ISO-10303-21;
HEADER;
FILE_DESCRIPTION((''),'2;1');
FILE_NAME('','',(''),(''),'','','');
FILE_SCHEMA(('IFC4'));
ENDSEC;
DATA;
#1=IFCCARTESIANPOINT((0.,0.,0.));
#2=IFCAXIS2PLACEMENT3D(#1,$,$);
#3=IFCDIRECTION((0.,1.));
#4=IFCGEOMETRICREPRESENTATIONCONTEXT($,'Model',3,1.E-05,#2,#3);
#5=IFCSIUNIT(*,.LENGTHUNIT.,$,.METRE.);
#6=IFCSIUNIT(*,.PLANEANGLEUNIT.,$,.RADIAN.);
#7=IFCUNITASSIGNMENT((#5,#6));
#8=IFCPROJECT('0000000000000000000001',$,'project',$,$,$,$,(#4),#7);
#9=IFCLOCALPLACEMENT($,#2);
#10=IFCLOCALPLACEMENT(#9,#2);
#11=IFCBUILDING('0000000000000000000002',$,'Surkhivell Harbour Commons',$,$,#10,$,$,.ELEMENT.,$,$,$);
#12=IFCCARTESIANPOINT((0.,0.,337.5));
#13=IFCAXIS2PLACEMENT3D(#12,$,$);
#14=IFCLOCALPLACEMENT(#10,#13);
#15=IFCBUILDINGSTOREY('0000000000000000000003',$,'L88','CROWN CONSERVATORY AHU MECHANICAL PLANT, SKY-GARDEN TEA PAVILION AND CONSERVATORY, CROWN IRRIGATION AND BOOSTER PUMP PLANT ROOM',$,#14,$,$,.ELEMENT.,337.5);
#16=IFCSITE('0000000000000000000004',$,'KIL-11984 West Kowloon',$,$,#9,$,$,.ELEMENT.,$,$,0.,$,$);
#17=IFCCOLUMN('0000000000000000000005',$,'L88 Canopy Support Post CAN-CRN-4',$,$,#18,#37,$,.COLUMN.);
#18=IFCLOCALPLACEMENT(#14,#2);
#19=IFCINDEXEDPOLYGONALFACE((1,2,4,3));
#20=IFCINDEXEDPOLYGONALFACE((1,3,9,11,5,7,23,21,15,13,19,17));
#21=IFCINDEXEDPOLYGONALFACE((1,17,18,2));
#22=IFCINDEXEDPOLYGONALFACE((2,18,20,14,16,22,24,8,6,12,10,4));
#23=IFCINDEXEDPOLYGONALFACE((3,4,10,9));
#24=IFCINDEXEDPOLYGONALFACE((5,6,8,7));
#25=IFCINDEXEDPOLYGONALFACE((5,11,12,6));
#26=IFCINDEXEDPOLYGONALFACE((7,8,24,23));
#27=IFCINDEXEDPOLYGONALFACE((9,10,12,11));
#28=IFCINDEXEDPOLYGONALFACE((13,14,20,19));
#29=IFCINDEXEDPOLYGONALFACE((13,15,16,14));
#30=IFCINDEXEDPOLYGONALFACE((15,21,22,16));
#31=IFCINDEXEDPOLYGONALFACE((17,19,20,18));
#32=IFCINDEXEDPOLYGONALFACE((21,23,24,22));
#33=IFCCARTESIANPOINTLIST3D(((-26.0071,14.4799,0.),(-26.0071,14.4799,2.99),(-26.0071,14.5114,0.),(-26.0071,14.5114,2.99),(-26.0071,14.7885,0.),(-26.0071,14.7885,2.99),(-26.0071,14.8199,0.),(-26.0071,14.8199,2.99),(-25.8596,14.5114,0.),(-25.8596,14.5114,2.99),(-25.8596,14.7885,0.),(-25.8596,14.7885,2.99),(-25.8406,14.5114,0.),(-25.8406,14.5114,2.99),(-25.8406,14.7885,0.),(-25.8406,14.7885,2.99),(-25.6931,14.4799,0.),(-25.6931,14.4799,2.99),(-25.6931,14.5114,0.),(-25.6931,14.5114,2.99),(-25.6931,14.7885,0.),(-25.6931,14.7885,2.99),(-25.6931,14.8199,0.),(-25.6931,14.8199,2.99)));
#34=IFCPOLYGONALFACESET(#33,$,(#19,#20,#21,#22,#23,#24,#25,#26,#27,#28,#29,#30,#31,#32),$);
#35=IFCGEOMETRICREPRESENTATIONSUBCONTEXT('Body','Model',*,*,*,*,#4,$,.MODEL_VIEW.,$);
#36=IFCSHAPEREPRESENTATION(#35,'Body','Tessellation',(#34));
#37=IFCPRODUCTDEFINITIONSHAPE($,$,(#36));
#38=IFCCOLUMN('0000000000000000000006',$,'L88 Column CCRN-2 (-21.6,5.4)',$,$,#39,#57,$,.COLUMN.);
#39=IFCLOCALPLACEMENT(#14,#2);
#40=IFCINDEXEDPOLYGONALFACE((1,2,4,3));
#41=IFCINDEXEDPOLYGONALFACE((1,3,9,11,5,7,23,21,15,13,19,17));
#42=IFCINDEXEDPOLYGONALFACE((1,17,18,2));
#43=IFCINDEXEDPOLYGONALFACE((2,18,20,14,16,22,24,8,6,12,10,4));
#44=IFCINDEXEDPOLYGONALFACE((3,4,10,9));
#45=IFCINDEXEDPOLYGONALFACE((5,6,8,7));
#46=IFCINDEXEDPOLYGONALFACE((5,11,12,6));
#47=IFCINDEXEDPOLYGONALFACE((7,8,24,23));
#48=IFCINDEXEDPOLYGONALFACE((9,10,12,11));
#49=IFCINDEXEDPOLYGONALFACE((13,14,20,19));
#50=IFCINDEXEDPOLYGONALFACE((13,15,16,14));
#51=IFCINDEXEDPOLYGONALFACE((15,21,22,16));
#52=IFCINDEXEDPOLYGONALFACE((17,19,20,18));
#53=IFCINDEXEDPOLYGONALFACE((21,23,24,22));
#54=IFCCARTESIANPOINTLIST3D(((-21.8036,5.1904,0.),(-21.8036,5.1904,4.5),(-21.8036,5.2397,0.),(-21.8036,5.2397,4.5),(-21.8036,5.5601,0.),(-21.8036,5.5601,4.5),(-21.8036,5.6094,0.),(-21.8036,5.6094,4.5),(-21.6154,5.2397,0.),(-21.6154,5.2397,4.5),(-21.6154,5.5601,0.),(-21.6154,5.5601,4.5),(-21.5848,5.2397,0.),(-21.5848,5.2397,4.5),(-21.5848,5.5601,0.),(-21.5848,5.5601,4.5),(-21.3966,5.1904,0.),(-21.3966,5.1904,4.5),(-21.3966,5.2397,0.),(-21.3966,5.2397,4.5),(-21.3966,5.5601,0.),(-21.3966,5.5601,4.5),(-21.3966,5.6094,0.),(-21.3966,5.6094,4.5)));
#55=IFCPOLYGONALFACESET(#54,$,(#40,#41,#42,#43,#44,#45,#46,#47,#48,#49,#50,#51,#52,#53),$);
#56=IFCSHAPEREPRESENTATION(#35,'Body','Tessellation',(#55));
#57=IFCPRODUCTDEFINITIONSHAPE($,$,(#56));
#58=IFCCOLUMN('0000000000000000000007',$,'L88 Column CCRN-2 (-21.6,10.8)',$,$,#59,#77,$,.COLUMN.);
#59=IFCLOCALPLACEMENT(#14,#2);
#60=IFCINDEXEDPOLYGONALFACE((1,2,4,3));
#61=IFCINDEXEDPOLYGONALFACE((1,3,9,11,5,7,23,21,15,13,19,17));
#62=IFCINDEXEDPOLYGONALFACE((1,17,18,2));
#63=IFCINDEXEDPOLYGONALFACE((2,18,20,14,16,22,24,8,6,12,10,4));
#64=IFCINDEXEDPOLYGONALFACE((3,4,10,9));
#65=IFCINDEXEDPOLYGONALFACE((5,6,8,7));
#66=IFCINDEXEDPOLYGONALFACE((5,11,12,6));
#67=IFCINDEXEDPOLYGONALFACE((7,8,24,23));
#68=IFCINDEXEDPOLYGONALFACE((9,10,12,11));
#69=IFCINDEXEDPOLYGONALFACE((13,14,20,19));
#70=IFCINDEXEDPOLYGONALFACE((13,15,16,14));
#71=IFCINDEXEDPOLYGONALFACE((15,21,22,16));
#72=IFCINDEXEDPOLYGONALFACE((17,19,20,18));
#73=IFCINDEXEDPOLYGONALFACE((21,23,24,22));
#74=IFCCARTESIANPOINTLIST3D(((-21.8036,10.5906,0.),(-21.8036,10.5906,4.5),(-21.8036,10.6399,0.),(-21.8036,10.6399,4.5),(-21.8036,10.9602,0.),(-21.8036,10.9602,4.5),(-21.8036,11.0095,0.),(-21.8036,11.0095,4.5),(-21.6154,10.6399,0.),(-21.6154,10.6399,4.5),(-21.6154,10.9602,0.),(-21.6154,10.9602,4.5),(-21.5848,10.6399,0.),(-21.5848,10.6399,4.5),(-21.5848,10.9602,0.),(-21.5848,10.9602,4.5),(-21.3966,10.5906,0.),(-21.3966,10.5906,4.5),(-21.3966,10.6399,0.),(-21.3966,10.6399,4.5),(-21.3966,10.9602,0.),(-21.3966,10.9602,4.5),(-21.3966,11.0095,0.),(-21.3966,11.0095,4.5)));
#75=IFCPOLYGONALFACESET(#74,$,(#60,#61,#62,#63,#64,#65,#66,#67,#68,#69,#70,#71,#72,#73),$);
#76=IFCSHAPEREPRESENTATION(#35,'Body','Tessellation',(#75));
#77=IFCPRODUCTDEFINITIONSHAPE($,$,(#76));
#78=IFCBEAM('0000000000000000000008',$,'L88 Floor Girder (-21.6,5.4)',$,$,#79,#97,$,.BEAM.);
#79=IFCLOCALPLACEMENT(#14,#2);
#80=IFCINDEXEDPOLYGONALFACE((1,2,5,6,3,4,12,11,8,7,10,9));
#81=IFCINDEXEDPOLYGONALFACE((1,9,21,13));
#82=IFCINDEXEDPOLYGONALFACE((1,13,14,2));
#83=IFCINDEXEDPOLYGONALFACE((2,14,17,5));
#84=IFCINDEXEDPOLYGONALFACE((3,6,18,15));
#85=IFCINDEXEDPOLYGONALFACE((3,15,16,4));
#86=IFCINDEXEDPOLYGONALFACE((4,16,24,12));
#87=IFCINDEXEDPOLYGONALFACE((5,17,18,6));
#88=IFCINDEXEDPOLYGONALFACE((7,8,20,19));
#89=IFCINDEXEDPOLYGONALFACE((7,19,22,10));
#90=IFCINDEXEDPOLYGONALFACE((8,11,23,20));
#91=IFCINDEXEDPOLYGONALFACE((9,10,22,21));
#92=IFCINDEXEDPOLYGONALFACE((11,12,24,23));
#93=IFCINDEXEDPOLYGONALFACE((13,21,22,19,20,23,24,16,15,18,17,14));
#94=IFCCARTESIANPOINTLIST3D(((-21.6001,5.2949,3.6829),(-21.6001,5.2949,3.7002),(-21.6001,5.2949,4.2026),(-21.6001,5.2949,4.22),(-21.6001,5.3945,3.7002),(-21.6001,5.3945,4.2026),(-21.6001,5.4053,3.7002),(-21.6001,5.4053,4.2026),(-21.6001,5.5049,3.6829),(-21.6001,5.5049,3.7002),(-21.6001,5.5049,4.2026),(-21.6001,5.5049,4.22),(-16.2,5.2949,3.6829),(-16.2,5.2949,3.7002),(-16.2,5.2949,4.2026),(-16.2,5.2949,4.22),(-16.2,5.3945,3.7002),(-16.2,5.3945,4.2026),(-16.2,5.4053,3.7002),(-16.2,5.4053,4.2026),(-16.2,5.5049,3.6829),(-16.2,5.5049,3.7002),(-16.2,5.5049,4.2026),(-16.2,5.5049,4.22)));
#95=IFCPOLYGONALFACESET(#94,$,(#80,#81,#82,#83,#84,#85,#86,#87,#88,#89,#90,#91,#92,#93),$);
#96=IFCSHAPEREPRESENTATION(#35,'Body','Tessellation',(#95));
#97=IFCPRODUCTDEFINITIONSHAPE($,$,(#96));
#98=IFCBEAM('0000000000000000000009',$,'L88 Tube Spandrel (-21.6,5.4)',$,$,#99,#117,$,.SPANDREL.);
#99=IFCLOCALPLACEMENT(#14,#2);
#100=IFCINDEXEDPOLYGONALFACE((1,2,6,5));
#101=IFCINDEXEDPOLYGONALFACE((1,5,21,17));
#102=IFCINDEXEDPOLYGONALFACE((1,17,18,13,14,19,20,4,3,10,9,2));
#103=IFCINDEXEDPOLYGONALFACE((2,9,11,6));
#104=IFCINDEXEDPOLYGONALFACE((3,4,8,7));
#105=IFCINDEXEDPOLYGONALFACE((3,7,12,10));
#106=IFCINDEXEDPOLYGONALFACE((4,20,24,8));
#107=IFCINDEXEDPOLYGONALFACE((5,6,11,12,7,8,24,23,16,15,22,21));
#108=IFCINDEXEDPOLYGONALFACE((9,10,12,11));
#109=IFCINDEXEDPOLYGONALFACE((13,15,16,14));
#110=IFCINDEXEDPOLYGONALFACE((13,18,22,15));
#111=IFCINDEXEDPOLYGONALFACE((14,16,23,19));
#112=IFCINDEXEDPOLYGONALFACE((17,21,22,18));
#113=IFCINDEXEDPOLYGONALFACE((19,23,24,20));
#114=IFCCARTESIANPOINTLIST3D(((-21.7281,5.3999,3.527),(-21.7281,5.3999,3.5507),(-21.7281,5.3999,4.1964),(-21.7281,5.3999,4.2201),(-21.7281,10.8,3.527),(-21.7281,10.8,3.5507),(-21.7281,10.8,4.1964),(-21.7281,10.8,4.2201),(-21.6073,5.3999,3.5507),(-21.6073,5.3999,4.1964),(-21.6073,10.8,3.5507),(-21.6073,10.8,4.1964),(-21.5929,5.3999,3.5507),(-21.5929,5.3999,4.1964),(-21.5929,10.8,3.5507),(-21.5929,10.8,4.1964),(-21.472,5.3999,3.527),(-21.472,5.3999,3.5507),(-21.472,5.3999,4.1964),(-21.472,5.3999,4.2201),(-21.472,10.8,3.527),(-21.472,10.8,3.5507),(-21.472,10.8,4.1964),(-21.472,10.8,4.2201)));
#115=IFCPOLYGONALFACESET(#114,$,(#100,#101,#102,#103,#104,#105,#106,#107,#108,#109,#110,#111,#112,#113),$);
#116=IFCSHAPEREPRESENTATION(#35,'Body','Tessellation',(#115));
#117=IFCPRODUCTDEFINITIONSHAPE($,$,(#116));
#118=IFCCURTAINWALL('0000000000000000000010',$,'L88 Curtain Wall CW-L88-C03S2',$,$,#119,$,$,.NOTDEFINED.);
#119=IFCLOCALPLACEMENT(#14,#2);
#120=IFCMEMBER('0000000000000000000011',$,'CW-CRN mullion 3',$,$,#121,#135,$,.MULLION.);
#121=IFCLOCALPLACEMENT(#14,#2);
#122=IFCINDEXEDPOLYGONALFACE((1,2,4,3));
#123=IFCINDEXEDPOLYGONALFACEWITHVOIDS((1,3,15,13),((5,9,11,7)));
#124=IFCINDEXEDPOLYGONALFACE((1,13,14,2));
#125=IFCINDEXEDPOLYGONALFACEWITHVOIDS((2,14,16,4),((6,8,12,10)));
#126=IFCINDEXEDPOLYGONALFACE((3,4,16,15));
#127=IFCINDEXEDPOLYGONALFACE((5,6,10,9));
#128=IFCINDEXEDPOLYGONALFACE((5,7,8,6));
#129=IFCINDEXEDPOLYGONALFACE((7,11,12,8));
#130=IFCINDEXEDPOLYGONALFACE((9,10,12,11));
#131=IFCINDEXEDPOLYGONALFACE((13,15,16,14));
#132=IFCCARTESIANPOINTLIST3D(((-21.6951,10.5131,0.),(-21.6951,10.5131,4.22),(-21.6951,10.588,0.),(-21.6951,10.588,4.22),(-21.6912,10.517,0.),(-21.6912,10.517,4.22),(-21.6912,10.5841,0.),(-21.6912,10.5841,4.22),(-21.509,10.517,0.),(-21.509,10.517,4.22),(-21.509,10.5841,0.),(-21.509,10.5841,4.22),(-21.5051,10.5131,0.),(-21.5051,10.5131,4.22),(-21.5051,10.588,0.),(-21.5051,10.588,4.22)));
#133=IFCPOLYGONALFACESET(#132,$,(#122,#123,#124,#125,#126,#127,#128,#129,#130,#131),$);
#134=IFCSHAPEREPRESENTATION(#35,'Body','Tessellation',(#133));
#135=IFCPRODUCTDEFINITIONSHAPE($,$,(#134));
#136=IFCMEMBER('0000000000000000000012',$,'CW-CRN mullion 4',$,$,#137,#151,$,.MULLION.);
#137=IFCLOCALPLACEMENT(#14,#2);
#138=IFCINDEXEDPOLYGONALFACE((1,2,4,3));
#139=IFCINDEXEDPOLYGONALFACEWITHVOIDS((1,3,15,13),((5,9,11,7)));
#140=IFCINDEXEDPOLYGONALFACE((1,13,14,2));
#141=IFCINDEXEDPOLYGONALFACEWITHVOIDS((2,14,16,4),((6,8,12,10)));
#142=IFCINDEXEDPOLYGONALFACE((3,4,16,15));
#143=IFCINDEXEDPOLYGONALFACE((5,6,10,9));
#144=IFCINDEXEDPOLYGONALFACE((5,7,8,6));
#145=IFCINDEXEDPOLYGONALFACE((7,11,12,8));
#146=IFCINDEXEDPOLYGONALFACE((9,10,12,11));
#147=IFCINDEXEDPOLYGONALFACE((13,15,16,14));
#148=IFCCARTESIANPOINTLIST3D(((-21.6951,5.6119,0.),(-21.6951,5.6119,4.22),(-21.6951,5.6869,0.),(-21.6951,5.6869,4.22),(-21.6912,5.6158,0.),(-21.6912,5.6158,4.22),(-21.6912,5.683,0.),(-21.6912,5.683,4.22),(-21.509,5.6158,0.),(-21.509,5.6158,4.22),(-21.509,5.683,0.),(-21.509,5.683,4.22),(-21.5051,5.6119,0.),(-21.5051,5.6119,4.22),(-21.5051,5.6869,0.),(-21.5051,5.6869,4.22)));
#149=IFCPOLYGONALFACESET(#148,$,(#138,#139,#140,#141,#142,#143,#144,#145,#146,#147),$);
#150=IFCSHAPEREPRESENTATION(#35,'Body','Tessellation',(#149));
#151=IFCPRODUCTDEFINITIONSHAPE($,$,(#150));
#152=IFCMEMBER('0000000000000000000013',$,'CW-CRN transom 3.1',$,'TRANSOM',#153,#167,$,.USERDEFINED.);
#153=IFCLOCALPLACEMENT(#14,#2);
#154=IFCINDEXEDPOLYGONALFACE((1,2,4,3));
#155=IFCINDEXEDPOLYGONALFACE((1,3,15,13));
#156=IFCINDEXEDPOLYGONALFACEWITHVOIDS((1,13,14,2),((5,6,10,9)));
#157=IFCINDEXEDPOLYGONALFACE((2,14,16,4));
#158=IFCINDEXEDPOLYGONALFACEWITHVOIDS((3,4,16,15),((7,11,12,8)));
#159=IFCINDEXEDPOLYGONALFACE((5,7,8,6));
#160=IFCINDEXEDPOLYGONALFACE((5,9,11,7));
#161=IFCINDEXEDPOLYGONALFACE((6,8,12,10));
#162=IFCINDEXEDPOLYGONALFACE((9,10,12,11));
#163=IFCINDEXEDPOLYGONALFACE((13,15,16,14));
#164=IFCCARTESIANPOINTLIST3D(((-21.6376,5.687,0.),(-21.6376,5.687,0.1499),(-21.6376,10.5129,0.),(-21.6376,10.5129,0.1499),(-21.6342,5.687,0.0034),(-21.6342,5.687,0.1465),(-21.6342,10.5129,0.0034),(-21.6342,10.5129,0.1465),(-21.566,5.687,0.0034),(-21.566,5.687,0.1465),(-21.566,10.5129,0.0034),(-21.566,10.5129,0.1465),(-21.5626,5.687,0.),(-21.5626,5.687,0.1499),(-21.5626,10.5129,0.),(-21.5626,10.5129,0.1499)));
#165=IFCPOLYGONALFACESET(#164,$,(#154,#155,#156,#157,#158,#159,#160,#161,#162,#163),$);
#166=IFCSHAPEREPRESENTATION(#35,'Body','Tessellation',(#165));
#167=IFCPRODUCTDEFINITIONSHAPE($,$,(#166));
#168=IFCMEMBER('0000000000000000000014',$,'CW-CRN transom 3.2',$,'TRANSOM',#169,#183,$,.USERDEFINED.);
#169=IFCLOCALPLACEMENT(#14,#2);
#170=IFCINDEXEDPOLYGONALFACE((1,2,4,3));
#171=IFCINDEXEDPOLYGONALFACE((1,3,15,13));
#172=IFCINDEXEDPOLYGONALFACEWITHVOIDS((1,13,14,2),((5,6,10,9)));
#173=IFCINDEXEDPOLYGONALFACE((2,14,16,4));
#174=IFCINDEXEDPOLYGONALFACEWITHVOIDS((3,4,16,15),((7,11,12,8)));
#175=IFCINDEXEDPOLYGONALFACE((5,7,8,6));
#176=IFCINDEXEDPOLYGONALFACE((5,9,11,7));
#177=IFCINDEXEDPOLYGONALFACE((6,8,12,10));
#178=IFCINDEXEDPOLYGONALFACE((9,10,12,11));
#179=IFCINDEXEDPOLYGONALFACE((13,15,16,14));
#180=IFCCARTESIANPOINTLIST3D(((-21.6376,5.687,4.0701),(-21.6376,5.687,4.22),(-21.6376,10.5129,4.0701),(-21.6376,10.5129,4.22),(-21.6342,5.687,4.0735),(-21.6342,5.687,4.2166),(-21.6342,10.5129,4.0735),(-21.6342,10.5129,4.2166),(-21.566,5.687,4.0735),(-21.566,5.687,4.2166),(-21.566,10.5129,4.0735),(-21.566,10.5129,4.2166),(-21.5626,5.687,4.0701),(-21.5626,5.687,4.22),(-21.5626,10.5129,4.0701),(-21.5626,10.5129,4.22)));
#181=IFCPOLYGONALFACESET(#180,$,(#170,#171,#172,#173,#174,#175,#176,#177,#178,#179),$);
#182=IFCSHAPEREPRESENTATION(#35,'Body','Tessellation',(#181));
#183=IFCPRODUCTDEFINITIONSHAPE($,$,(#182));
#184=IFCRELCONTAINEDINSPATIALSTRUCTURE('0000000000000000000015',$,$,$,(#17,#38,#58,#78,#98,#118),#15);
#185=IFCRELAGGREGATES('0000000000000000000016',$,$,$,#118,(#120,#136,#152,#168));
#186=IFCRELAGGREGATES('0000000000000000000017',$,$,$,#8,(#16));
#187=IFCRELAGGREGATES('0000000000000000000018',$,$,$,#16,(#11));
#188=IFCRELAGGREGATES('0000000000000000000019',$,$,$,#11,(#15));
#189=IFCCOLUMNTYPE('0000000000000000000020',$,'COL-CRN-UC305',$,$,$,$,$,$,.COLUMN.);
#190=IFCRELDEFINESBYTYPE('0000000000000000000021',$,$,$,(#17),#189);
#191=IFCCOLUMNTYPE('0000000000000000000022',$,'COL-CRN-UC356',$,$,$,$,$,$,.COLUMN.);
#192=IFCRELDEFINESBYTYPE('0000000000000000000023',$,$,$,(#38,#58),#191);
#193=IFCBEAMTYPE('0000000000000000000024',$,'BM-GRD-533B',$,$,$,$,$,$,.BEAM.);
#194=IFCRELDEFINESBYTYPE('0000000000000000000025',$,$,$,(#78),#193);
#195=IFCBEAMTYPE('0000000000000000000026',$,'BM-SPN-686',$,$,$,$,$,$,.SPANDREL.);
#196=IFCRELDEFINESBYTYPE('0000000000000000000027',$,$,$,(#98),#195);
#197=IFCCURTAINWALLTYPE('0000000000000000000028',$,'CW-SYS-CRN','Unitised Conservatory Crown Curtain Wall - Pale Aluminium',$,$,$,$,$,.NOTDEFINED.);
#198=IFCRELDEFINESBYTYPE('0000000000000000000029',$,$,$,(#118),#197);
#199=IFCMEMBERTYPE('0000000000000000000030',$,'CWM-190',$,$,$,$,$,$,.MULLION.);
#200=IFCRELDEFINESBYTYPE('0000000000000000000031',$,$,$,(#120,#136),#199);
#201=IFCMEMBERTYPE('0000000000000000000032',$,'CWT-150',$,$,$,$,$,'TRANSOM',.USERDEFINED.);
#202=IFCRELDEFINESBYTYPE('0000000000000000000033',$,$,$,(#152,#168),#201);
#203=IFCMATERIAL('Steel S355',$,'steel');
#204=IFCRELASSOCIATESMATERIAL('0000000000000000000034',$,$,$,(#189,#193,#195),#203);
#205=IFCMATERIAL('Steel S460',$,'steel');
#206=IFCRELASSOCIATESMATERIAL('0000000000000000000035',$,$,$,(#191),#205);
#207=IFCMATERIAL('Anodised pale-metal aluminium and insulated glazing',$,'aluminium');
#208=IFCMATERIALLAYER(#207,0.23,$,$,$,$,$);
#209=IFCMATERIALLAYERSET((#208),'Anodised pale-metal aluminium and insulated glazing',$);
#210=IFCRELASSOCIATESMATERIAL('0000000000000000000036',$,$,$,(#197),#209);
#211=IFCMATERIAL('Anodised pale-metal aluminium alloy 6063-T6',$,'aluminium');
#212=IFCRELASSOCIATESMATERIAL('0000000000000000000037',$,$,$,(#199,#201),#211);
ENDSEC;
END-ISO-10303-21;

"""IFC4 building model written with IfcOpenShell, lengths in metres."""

from ifc_helpers import new_model, si_unit, direction, frame, origin, origin_2d, place, context, subcontext, project, spatial, hollow_rectangle, i_section, extrude, material, layer, layer_set, material_profile, profile_set, type_object, element, aggregate, save


model = new_model("IFC4")

# Units and contexts
model_context = context("Model", 3, precision=1e-05, world=origin(), true_north=direction((0.0, 1.0)))
body_context = subcontext(model_context, "Body", "Model", "MODEL_VIEW")
ifc_project = project(units=[si_unit("LENGTHUNIT", "METRE"), si_unit("PLANEANGLEUNIT", "RADIAN")], contexts=[model_context])

# Site, building, storey
site_placement = place(None, origin())
site = spatial("IfcSite", under=ifc_project, at=site_placement, Name="KIL-11984 West Kowloon", CompositionType="ELEMENT", RefElevation=0.0)
building_placement = place(site_placement, origin())
building = spatial("IfcBuilding", under=site, at=building_placement, Name="Surkhivell Harbour Commons", CompositionType="ELEMENT")
storey_placement = place(building_placement, frame((0.0, 0.0, 337.5)))
storey = spatial("IfcBuildingStorey", under=building, at=storey_placement, Name="L88", Description="CROWN CONSERVATORY AHU MECHANICAL PLANT, SKY-GARDEN TEA PAVILION AND CONSERVATORY, CROWN IRRIGATION AND BOOSTER PUMP PLANT ROOM", CompositionType="ELEMENT", Elevation=337.5)

# Columns
ifc_material_1 = material(Name="Steel S355", Category="steel")
ifc_material_profile_1 = material_profile(ifc_material_1, i_section(OverallWidth=0.314, OverallDepth=0.3401, WebThickness=0.019, FlangeThickness=0.0315, at=origin_2d()), Name="UC305x305x198")
ifc_profile_set_1 = profile_set([ifc_material_profile_1], Name="Steel S355")
column_type_1 = type_object("IfcColumnType", Name="COL-CRN-UC305", PredefinedType="COLUMN", material=ifc_profile_set_1)
column_placement = place(storey_placement, frame((-25.8501, 14.6499, 0.0), z_axis=(0.0, 0.0, 1.0), x_axis=(1.0, 0.0, 0.0)))
element("IfcColumn", 1, at=column_placement, inside=storey, type_object=column_type_1, Name="L88 Canopy Support Post CAN-CRN-4", PredefinedType="COLUMN", context=body_context, shape_type="SweptSolid", body=[
    extrude(i_section(OverallWidth=0.314, OverallDepth=0.3401, WebThickness=0.019, FlangeThickness=0.0315, at=origin_2d()), origin(), (0.0, 0.0, 1.0), 2.99),
])
ifc_material_2 = material(Name="Steel S460", Category="steel")
ifc_material_profile_2 = material_profile(ifc_material_2, i_section(OverallWidth=0.407, OverallDepth=0.4189, WebThickness=0.0305, FlangeThickness=0.0493, at=origin_2d()), Name="UC356x406x393")
ifc_profile_set_2 = profile_set([ifc_material_profile_2], Name="Steel S460")
column_type_2 = type_object("IfcColumnType", Name="COL-CRN-UC356", PredefinedType="COLUMN", material=ifc_profile_set_2)
for number, where, z_axis, x_axis, name in (
    (2, (-21.6001, 5.3999, 0.0), (0.0, 0.0, 1.0), (1.0, 0.0, 0.0), "L88 Column CCRN-2 (-21.6,5.4)"),
    (3, (-21.6001, 10.8, 0.0), (0.0, 0.0, 1.0), (1.0, 0.0, 0.0), "L88 Column CCRN-2 (-21.6,10.8)"),
):
    element("IfcColumn", number, at=place(storey_placement, frame(where, z_axis=z_axis, x_axis=x_axis)), inside=storey, type_object=column_type_2, Name=name, PredefinedType="COLUMN", context=body_context, shape_type="SweptSolid", body=[
        extrude(i_section(OverallWidth=0.407, OverallDepth=0.4189, WebThickness=0.0305, FlangeThickness=0.0493, at=origin_2d()), origin(), (0.0, 0.0, 1.0), 4.5),
    ])

# Beams
ifc_material_profile_3 = material_profile(ifc_material_1, i_section(OverallWidth=0.21, OverallDepth=0.5371, WebThickness=0.0107, FlangeThickness=0.0173, at=origin_2d()), Name="UB533x210x101")
ifc_profile_set_3 = profile_set([ifc_material_profile_3], Name="Steel S355")
beam_type_1 = type_object("IfcBeamType", Name="BM-GRD-533B", PredefinedType="BEAM", material=ifc_profile_set_3)
beam_1_placement = place(storey_placement, frame((-21.6001, 5.3999, 3.9514), z_axis=(1.0, 0.0, 0.0), x_axis=(0.0, 1.0, 0.0)))
element("IfcBeam", 4, at=beam_1_placement, inside=storey, type_object=beam_type_1, Name="L88 Floor Girder (-21.6,5.4)", PredefinedType="BEAM", context=body_context, shape_type="SweptSolid", body=[
    extrude(i_section(OverallWidth=0.21, OverallDepth=0.5371, WebThickness=0.0107, FlangeThickness=0.0173, at=origin_2d()), origin(), (0.0, 0.0, 1.0), 5.4001),
])
ifc_material_profile_4 = material_profile(ifc_material_1, i_section(OverallWidth=0.2561, OverallDepth=0.6931, WebThickness=0.0144, FlangeThickness=0.0237, at=origin_2d()), Name="UB686x254x170")
ifc_profile_set_4 = profile_set([ifc_material_profile_4], Name="Steel S355")
beam_type_2 = type_object("IfcBeamType", Name="BM-SPN-686", PredefinedType="SPANDREL", material=ifc_profile_set_4)
beam_2_placement = place(storey_placement, frame((-21.6001, 5.3999, 3.8735), z_axis=(0.0, 1.0, 0.0), x_axis=(-1.0, 0.0, 0.0)))
element("IfcBeam", 5, at=beam_2_placement, inside=storey, type_object=beam_type_2, Name="L88 Tube Spandrel (-21.6,5.4)", PredefinedType="SPANDREL", context=body_context, shape_type="SweptSolid", body=[
    extrude(i_section(OverallWidth=0.2561, OverallDepth=0.6931, WebThickness=0.0144, FlangeThickness=0.0237, at=origin_2d()), origin(), (0.0, 0.0, 1.0), 5.4001),
])

# Curtain wall, members
ifc_material_3 = material(Name="Anodised pale-metal aluminium and insulated glazing", Category="aluminium")
ifc_layer_1 = layer(ifc_material_3, 0.23)
ifc_layer_set_1 = layer_set([ifc_layer_1], Name="Anodised pale-metal aluminium and insulated glazing")
curtain_wall_type = type_object("IfcCurtainWallType", Name="CW-SYS-CRN", Description="Unitised Conservatory Crown Curtain Wall - Pale Aluminium", PredefinedType="NOTDEFINED", material=ifc_layer_set_1)
curtain_wall_placement = place(storey_placement, origin())
curtain_wall = element("IfcCurtainWall", 6, at=curtain_wall_placement, inside=storey, type_object=curtain_wall_type, Name="L88 Curtain Wall CW-L88-C03S2", PredefinedType="NOTDEFINED")
ifc_material_4 = material(Name="Anodised pale-metal aluminium alloy 6063-T6", Category="aluminium")
ifc_material_profile_5 = material_profile(ifc_material_4, hollow_rectangle(XDim=0.075, YDim=0.1899, WallThickness=0.0039, at=origin_2d()), Name="ALU-MULL-75x190")
ifc_profile_set_5 = profile_set([ifc_material_profile_5], Name="Anodised pale-metal aluminium alloy 6063-T6")
member_type_1 = type_object("IfcMemberType", Name="CWM-190", PredefinedType="MULLION", material=ifc_profile_set_5)
member_1_placement = place(storey_placement, frame((-21.6001, 10.5505, 0.0), z_axis=(0.0, 0.0, 1.0), x_axis=(0.0, -1.0, 0.0)))
member_1 = element("IfcMember", 7, at=member_1_placement, type_object=member_type_1, Name="CW-CRN mullion 3", PredefinedType="MULLION", context=body_context, shape_type="SweptSolid", body=[
    extrude(hollow_rectangle(XDim=0.075, YDim=0.1899, WallThickness=0.0039, at=origin_2d()), origin(), (0.0, 0.0, 1.0), 4.22),
])
member_2_placement = place(storey_placement, frame((-21.6001, 5.6494, 0.0), z_axis=(0.0, 0.0, 1.0), x_axis=(0.0, -1.0, 0.0)))
member_2 = element("IfcMember", 8, at=member_2_placement, type_object=member_type_1, Name="CW-CRN mullion 4", PredefinedType="MULLION", context=body_context, shape_type="SweptSolid", body=[
    extrude(hollow_rectangle(XDim=0.075, YDim=0.1899, WallThickness=0.0039, at=origin_2d()), origin(), (0.0, 0.0, 1.0), 4.22),
])
ifc_material_profile_6 = material_profile(ifc_material_4, hollow_rectangle(XDim=0.075, YDim=0.1499, WallThickness=0.0034, at=origin_2d()), Name="ALU-TRAN-75x150")
ifc_profile_set_6 = profile_set([ifc_material_profile_6], Name="Anodised pale-metal aluminium alloy 6063-T6")
member_type_2 = type_object("IfcMemberType", Name="CWT-150", ElementType="TRANSOM", PredefinedType="USERDEFINED", material=ifc_profile_set_6)
member_3_placement = place(storey_placement, frame((-21.6001, 10.5129, 0.075), z_axis=(0.0, -1.0, 0.0), x_axis=(1.0, 0.0, 0.0)))
member_3 = element("IfcMember", 9, at=member_3_placement, type_object=member_type_2, Name="CW-CRN transom 3.1", ObjectType="TRANSOM", PredefinedType="USERDEFINED", context=body_context, shape_type="SweptSolid", body=[
    extrude(hollow_rectangle(XDim=0.075, YDim=0.1499, WallThickness=0.0034, at=origin_2d()), origin(), (0.0, 0.0, 1.0), 4.8259),
])
member_4_placement = place(storey_placement, frame((-21.6001, 10.5129, 4.145), z_axis=(0.0, -1.0, 0.0), x_axis=(1.0, 0.0, 0.0)))
member_4 = element("IfcMember", 10, at=member_4_placement, type_object=member_type_2, Name="CW-CRN transom 3.2", ObjectType="TRANSOM", PredefinedType="USERDEFINED", context=body_context, shape_type="SweptSolid", body=[
    extrude(hollow_rectangle(XDim=0.075, YDim=0.1499, WallThickness=0.0034, at=origin_2d()), origin(), (0.0, 0.0, 1.0), 4.8259),
])

aggregate(curtain_wall, [member_1, member_2, member_3, member_4])

save(model, "model.ifc")
